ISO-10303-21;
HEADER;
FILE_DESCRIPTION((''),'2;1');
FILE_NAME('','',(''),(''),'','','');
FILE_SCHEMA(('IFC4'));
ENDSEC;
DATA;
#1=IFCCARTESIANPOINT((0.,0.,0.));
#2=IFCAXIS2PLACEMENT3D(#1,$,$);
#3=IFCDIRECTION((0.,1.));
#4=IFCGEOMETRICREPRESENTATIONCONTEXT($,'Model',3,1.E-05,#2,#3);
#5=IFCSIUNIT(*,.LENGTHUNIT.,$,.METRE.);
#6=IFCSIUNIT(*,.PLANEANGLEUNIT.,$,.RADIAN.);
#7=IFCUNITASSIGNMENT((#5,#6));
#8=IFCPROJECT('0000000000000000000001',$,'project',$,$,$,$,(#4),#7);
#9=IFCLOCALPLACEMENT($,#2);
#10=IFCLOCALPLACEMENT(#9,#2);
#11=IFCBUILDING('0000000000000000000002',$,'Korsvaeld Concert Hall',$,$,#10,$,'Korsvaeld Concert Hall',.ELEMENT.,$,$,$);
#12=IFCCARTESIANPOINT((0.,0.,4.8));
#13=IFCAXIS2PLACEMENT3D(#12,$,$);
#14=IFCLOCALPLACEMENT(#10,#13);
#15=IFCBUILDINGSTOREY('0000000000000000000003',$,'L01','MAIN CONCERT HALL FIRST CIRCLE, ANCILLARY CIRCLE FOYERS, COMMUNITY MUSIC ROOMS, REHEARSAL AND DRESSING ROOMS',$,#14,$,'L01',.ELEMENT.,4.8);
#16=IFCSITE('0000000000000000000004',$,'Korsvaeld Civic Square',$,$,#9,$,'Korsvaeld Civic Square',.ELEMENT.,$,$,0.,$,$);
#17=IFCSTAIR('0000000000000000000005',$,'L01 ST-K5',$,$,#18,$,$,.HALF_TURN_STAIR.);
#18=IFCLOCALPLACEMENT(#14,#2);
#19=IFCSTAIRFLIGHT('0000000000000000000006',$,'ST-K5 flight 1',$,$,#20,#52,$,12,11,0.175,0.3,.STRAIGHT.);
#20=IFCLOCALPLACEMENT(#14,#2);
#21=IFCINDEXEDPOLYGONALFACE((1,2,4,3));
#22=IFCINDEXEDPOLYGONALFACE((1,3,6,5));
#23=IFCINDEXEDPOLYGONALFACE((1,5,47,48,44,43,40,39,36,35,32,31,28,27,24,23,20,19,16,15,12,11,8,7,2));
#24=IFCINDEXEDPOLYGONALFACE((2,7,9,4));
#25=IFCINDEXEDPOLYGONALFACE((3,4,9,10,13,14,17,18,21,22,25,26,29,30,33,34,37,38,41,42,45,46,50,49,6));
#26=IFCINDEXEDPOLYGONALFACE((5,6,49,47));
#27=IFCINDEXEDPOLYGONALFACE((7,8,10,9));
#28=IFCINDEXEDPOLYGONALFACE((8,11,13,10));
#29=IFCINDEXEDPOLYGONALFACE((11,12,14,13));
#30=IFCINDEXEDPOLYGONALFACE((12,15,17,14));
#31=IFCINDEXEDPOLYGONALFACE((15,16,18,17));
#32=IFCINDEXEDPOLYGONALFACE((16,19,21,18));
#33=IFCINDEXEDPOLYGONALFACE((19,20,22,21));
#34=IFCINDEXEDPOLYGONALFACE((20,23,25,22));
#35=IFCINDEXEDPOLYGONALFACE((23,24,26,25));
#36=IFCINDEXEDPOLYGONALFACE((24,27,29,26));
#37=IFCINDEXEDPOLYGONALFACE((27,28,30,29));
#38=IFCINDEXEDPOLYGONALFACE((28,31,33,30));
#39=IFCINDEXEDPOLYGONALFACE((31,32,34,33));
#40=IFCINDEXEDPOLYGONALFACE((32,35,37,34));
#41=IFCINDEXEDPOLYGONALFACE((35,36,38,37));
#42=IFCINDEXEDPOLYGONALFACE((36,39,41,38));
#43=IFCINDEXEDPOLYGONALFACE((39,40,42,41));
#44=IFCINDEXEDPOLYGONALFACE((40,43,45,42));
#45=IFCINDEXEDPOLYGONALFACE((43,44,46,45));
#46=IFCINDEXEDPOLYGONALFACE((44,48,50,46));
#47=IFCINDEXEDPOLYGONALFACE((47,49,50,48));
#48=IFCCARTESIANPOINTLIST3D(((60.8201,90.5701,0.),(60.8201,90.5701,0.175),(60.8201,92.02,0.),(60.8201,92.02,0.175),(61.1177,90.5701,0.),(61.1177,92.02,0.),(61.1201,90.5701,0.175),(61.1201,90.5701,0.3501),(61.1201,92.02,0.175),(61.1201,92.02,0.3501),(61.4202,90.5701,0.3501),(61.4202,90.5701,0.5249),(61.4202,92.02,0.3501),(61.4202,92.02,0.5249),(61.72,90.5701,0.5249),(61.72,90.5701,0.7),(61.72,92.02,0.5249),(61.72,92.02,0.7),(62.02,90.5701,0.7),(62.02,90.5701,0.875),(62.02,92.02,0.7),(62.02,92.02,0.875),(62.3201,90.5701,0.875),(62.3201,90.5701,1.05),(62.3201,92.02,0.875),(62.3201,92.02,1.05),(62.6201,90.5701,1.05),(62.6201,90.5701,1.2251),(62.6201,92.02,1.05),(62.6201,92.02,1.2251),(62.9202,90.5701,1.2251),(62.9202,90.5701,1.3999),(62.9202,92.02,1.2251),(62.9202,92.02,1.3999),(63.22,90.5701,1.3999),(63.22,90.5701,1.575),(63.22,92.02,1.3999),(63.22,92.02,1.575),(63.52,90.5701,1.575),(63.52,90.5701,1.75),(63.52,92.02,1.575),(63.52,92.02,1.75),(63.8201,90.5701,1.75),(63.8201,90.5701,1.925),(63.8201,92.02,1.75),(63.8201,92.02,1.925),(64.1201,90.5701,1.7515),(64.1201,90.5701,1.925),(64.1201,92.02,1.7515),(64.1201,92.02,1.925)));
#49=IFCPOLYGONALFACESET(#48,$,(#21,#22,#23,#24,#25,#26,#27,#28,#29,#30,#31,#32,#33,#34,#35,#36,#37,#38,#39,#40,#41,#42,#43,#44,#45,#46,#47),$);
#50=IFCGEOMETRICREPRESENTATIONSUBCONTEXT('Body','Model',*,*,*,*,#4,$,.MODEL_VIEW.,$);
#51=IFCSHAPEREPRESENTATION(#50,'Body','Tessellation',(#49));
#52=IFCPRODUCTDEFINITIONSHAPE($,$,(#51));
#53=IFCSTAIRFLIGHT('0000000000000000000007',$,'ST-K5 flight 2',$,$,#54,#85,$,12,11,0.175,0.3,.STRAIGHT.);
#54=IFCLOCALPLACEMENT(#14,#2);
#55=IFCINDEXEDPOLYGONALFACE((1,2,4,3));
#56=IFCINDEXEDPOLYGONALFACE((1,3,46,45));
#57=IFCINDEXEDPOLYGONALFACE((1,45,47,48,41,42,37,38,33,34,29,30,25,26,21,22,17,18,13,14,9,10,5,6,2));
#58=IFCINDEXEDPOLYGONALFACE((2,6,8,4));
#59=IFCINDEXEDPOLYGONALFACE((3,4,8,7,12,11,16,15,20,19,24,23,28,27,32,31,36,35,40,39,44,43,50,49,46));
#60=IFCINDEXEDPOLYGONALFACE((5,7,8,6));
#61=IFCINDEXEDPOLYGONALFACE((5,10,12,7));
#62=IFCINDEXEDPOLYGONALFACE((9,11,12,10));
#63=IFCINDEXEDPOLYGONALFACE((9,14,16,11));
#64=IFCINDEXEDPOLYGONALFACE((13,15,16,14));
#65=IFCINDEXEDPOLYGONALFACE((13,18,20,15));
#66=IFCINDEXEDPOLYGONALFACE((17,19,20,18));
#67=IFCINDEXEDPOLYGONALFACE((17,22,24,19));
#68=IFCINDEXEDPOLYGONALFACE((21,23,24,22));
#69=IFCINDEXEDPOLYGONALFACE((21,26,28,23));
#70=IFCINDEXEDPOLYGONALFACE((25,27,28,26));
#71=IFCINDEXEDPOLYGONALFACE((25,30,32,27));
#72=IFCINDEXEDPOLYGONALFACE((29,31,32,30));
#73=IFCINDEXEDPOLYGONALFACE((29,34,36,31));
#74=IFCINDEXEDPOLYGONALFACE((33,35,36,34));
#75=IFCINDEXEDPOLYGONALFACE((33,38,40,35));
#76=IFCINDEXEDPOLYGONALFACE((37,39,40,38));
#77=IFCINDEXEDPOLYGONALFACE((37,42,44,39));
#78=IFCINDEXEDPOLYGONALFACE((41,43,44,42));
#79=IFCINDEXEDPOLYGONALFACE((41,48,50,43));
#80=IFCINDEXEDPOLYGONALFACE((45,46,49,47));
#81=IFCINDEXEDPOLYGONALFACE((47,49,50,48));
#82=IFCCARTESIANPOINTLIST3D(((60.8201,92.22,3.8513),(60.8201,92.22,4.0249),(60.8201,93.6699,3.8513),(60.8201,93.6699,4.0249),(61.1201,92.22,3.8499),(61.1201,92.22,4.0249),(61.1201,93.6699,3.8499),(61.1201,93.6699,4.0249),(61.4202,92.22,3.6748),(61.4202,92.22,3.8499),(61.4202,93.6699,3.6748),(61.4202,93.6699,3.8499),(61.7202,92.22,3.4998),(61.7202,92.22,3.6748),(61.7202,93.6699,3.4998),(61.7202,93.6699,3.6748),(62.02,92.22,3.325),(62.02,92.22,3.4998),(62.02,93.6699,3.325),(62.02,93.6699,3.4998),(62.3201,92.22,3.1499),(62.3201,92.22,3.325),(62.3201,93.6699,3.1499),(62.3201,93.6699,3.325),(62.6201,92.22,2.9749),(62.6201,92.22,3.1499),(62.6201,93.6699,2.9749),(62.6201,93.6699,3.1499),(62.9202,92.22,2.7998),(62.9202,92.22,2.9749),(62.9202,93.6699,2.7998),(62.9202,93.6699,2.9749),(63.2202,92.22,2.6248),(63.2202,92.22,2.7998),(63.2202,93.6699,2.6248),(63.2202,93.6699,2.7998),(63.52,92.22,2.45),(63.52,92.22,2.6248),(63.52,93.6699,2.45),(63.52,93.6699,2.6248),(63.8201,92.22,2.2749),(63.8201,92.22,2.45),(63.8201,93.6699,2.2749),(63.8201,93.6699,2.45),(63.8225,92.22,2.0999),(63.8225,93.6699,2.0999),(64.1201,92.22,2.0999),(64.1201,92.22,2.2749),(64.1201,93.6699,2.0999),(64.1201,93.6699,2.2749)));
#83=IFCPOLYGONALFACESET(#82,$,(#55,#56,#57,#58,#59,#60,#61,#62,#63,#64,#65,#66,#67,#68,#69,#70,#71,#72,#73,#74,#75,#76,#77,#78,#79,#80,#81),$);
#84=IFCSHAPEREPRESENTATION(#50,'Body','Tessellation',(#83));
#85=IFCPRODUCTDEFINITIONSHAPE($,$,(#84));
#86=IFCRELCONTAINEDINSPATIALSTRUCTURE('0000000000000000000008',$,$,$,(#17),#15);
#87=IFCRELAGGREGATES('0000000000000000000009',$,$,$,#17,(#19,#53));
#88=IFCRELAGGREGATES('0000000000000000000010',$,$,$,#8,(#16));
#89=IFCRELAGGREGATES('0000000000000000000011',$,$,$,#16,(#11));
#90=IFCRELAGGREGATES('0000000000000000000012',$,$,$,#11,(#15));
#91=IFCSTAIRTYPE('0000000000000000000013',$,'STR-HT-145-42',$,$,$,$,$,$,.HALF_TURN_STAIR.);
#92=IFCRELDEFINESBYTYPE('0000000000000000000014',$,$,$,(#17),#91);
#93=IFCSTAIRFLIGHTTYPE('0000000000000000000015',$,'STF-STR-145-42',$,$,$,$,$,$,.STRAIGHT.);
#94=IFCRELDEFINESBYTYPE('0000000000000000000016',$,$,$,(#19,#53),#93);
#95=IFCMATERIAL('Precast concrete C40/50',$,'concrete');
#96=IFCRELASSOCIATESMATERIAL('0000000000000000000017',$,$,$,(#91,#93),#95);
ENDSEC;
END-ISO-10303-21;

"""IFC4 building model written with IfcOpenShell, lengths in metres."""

from ifc_helpers import new_model, si_unit, direction, frame, origin, place, context, subcontext, project, spatial, polyline, outline, extrude, material, type_object, element, aggregate, save


model = new_model("IFC4")

# Units and contexts
model_context = context("Model", 3, precision=1e-05, world=origin(), true_north=direction((0.0, 1.0)))
body_context = subcontext(model_context, "Body", "Model", "MODEL_VIEW")
ifc_project = project(units=[si_unit("LENGTHUNIT", "METRE"), si_unit("PLANEANGLEUNIT", "RADIAN")], contexts=[model_context])

# Site, building, storey
site_placement = place(None, origin())
site = spatial("IfcSite", under=ifc_project, at=site_placement, Name="Korsvaeld Civic Square", LongName="Korsvaeld Civic Square", CompositionType="ELEMENT", RefElevation=0.0)
building_placement = place(site_placement, origin())
building = spatial("IfcBuilding", under=site, at=building_placement, Name="Korsvaeld Concert Hall", LongName="Korsvaeld Concert Hall", CompositionType="ELEMENT")
storey_placement = place(building_placement, frame((0.0, 0.0, 4.8)))
storey = spatial("IfcBuildingStorey", under=building, at=storey_placement, Name="L01", Description="MAIN CONCERT HALL FIRST CIRCLE, ANCILLARY CIRCLE FOYERS, COMMUNITY MUSIC ROOMS, REHEARSAL AND DRESSING ROOMS", LongName="L01", CompositionType="ELEMENT", Elevation=4.8)

# Stair, stair flights
ifc_material_1 = material(Name="Precast concrete C40/50", Category="concrete")
stair_type = type_object("IfcStairType", Name="STR-HT-145-42", PredefinedType="HALF_TURN_STAIR", material=ifc_material_1)
stair_placement = place(storey_placement, origin())
stair = element("IfcStair", 1, at=stair_placement, inside=storey, type_object=stair_type, Name="L01 ST-K5", PredefinedType="HALF_TURN_STAIR")
stair_flight_type = type_object("IfcStairFlightType", Name="STF-STR-145-42", PredefinedType="STRAIGHT", material=ifc_material_1)
stair_flight_1_placement = place(storey_placement, frame((60.8201, 91.2949, 0.0), z_axis=(0.0, 0.0, 1.0), x_axis=(1.0, 0.0, 0.0)))
stair_flight_1 = element("IfcStairFlight", 2, at=stair_flight_1_placement, type_object=stair_flight_type, Name="ST-K5 flight 1", NumberOfRisers=12, NumberOfTreads=11, PredefinedType="STRAIGHT", RiserHeight=0.175, TreadLength=0.3, context=body_context, shape_type="SweptSolid", body=[
    extrude(outline(polyline([(0.0, 0.0), (0.0, 0.175), (0.3, 0.175), (0.3, 0.3501), (0.6001, 0.3501), (0.6001, 0.5249), (0.8999, 0.5249), (0.8999, 0.7), (1.2, 0.7), (1.2, 0.875), (1.5, 0.875), (1.5, 1.05), (1.8, 1.05), (1.8, 1.2251), (2.1001, 1.2251), (2.1001, 1.3999), (2.3999, 1.3999), (2.3999, 1.575), (2.7, 1.575), (2.7, 1.75), (3.0, 1.75), (3.0, 1.925), (3.3, 1.925), (3.3, 2.1001), (3.3, 1.7515), (0.2976, 0.0), (0.0, 0.0)])), frame((0.0, 0.7251, 0.0), z_axis=(0.0, -1.0, 0.0), x_axis=(1.0, 0.0, 0.0)), (0.0, 0.0, 1.0), 1.45),
])
stair_flight_2_placement = place(storey_placement, frame((64.1201, 92.9451, 2.0999), z_axis=(0.0, 0.0, 1.0), x_axis=(-1.0, 0.0, 0.0)))
stair_flight_2 = element("IfcStairFlight", 3, at=stair_flight_2_placement, type_object=stair_flight_type, Name="ST-K5 flight 2", NumberOfRisers=12, NumberOfTreads=11, PredefinedType="STRAIGHT", RiserHeight=0.175, TreadLength=0.3, context=body_context, shape_type="SweptSolid", body=[
    extrude(outline(polyline([(0.0, 0.0), (0.0, 0.175), (0.3, 0.175), (0.3, 0.3501), (0.6001, 0.3501), (0.6001, 0.5249), (0.8999, 0.5249), (0.8999, 0.7), (1.2, 0.7), (1.2, 0.875), (1.5, 0.875), (1.5, 1.05), (1.8, 1.05), (1.8, 1.2251), (2.1001, 1.2251), (2.1001, 1.3999), (2.3999, 1.3999), (2.3999, 1.575), (2.7, 1.575), (2.7, 1.75), (3.0, 1.75), (3.0, 1.925), (3.3, 1.925), (3.3, 2.1001), (3.3, 1.7515), (0.2976, 0.0), (0.0, 0.0)])), frame((0.0, 0.7251, 0.0), z_axis=(0.0, -1.0, 0.0), x_axis=(1.0, 0.0, 0.0)), (0.0, 0.0, 1.0), 1.45),
])
aggregate(stair, [stair_flight_1, stair_flight_2])

save(model, "model.ifc")
